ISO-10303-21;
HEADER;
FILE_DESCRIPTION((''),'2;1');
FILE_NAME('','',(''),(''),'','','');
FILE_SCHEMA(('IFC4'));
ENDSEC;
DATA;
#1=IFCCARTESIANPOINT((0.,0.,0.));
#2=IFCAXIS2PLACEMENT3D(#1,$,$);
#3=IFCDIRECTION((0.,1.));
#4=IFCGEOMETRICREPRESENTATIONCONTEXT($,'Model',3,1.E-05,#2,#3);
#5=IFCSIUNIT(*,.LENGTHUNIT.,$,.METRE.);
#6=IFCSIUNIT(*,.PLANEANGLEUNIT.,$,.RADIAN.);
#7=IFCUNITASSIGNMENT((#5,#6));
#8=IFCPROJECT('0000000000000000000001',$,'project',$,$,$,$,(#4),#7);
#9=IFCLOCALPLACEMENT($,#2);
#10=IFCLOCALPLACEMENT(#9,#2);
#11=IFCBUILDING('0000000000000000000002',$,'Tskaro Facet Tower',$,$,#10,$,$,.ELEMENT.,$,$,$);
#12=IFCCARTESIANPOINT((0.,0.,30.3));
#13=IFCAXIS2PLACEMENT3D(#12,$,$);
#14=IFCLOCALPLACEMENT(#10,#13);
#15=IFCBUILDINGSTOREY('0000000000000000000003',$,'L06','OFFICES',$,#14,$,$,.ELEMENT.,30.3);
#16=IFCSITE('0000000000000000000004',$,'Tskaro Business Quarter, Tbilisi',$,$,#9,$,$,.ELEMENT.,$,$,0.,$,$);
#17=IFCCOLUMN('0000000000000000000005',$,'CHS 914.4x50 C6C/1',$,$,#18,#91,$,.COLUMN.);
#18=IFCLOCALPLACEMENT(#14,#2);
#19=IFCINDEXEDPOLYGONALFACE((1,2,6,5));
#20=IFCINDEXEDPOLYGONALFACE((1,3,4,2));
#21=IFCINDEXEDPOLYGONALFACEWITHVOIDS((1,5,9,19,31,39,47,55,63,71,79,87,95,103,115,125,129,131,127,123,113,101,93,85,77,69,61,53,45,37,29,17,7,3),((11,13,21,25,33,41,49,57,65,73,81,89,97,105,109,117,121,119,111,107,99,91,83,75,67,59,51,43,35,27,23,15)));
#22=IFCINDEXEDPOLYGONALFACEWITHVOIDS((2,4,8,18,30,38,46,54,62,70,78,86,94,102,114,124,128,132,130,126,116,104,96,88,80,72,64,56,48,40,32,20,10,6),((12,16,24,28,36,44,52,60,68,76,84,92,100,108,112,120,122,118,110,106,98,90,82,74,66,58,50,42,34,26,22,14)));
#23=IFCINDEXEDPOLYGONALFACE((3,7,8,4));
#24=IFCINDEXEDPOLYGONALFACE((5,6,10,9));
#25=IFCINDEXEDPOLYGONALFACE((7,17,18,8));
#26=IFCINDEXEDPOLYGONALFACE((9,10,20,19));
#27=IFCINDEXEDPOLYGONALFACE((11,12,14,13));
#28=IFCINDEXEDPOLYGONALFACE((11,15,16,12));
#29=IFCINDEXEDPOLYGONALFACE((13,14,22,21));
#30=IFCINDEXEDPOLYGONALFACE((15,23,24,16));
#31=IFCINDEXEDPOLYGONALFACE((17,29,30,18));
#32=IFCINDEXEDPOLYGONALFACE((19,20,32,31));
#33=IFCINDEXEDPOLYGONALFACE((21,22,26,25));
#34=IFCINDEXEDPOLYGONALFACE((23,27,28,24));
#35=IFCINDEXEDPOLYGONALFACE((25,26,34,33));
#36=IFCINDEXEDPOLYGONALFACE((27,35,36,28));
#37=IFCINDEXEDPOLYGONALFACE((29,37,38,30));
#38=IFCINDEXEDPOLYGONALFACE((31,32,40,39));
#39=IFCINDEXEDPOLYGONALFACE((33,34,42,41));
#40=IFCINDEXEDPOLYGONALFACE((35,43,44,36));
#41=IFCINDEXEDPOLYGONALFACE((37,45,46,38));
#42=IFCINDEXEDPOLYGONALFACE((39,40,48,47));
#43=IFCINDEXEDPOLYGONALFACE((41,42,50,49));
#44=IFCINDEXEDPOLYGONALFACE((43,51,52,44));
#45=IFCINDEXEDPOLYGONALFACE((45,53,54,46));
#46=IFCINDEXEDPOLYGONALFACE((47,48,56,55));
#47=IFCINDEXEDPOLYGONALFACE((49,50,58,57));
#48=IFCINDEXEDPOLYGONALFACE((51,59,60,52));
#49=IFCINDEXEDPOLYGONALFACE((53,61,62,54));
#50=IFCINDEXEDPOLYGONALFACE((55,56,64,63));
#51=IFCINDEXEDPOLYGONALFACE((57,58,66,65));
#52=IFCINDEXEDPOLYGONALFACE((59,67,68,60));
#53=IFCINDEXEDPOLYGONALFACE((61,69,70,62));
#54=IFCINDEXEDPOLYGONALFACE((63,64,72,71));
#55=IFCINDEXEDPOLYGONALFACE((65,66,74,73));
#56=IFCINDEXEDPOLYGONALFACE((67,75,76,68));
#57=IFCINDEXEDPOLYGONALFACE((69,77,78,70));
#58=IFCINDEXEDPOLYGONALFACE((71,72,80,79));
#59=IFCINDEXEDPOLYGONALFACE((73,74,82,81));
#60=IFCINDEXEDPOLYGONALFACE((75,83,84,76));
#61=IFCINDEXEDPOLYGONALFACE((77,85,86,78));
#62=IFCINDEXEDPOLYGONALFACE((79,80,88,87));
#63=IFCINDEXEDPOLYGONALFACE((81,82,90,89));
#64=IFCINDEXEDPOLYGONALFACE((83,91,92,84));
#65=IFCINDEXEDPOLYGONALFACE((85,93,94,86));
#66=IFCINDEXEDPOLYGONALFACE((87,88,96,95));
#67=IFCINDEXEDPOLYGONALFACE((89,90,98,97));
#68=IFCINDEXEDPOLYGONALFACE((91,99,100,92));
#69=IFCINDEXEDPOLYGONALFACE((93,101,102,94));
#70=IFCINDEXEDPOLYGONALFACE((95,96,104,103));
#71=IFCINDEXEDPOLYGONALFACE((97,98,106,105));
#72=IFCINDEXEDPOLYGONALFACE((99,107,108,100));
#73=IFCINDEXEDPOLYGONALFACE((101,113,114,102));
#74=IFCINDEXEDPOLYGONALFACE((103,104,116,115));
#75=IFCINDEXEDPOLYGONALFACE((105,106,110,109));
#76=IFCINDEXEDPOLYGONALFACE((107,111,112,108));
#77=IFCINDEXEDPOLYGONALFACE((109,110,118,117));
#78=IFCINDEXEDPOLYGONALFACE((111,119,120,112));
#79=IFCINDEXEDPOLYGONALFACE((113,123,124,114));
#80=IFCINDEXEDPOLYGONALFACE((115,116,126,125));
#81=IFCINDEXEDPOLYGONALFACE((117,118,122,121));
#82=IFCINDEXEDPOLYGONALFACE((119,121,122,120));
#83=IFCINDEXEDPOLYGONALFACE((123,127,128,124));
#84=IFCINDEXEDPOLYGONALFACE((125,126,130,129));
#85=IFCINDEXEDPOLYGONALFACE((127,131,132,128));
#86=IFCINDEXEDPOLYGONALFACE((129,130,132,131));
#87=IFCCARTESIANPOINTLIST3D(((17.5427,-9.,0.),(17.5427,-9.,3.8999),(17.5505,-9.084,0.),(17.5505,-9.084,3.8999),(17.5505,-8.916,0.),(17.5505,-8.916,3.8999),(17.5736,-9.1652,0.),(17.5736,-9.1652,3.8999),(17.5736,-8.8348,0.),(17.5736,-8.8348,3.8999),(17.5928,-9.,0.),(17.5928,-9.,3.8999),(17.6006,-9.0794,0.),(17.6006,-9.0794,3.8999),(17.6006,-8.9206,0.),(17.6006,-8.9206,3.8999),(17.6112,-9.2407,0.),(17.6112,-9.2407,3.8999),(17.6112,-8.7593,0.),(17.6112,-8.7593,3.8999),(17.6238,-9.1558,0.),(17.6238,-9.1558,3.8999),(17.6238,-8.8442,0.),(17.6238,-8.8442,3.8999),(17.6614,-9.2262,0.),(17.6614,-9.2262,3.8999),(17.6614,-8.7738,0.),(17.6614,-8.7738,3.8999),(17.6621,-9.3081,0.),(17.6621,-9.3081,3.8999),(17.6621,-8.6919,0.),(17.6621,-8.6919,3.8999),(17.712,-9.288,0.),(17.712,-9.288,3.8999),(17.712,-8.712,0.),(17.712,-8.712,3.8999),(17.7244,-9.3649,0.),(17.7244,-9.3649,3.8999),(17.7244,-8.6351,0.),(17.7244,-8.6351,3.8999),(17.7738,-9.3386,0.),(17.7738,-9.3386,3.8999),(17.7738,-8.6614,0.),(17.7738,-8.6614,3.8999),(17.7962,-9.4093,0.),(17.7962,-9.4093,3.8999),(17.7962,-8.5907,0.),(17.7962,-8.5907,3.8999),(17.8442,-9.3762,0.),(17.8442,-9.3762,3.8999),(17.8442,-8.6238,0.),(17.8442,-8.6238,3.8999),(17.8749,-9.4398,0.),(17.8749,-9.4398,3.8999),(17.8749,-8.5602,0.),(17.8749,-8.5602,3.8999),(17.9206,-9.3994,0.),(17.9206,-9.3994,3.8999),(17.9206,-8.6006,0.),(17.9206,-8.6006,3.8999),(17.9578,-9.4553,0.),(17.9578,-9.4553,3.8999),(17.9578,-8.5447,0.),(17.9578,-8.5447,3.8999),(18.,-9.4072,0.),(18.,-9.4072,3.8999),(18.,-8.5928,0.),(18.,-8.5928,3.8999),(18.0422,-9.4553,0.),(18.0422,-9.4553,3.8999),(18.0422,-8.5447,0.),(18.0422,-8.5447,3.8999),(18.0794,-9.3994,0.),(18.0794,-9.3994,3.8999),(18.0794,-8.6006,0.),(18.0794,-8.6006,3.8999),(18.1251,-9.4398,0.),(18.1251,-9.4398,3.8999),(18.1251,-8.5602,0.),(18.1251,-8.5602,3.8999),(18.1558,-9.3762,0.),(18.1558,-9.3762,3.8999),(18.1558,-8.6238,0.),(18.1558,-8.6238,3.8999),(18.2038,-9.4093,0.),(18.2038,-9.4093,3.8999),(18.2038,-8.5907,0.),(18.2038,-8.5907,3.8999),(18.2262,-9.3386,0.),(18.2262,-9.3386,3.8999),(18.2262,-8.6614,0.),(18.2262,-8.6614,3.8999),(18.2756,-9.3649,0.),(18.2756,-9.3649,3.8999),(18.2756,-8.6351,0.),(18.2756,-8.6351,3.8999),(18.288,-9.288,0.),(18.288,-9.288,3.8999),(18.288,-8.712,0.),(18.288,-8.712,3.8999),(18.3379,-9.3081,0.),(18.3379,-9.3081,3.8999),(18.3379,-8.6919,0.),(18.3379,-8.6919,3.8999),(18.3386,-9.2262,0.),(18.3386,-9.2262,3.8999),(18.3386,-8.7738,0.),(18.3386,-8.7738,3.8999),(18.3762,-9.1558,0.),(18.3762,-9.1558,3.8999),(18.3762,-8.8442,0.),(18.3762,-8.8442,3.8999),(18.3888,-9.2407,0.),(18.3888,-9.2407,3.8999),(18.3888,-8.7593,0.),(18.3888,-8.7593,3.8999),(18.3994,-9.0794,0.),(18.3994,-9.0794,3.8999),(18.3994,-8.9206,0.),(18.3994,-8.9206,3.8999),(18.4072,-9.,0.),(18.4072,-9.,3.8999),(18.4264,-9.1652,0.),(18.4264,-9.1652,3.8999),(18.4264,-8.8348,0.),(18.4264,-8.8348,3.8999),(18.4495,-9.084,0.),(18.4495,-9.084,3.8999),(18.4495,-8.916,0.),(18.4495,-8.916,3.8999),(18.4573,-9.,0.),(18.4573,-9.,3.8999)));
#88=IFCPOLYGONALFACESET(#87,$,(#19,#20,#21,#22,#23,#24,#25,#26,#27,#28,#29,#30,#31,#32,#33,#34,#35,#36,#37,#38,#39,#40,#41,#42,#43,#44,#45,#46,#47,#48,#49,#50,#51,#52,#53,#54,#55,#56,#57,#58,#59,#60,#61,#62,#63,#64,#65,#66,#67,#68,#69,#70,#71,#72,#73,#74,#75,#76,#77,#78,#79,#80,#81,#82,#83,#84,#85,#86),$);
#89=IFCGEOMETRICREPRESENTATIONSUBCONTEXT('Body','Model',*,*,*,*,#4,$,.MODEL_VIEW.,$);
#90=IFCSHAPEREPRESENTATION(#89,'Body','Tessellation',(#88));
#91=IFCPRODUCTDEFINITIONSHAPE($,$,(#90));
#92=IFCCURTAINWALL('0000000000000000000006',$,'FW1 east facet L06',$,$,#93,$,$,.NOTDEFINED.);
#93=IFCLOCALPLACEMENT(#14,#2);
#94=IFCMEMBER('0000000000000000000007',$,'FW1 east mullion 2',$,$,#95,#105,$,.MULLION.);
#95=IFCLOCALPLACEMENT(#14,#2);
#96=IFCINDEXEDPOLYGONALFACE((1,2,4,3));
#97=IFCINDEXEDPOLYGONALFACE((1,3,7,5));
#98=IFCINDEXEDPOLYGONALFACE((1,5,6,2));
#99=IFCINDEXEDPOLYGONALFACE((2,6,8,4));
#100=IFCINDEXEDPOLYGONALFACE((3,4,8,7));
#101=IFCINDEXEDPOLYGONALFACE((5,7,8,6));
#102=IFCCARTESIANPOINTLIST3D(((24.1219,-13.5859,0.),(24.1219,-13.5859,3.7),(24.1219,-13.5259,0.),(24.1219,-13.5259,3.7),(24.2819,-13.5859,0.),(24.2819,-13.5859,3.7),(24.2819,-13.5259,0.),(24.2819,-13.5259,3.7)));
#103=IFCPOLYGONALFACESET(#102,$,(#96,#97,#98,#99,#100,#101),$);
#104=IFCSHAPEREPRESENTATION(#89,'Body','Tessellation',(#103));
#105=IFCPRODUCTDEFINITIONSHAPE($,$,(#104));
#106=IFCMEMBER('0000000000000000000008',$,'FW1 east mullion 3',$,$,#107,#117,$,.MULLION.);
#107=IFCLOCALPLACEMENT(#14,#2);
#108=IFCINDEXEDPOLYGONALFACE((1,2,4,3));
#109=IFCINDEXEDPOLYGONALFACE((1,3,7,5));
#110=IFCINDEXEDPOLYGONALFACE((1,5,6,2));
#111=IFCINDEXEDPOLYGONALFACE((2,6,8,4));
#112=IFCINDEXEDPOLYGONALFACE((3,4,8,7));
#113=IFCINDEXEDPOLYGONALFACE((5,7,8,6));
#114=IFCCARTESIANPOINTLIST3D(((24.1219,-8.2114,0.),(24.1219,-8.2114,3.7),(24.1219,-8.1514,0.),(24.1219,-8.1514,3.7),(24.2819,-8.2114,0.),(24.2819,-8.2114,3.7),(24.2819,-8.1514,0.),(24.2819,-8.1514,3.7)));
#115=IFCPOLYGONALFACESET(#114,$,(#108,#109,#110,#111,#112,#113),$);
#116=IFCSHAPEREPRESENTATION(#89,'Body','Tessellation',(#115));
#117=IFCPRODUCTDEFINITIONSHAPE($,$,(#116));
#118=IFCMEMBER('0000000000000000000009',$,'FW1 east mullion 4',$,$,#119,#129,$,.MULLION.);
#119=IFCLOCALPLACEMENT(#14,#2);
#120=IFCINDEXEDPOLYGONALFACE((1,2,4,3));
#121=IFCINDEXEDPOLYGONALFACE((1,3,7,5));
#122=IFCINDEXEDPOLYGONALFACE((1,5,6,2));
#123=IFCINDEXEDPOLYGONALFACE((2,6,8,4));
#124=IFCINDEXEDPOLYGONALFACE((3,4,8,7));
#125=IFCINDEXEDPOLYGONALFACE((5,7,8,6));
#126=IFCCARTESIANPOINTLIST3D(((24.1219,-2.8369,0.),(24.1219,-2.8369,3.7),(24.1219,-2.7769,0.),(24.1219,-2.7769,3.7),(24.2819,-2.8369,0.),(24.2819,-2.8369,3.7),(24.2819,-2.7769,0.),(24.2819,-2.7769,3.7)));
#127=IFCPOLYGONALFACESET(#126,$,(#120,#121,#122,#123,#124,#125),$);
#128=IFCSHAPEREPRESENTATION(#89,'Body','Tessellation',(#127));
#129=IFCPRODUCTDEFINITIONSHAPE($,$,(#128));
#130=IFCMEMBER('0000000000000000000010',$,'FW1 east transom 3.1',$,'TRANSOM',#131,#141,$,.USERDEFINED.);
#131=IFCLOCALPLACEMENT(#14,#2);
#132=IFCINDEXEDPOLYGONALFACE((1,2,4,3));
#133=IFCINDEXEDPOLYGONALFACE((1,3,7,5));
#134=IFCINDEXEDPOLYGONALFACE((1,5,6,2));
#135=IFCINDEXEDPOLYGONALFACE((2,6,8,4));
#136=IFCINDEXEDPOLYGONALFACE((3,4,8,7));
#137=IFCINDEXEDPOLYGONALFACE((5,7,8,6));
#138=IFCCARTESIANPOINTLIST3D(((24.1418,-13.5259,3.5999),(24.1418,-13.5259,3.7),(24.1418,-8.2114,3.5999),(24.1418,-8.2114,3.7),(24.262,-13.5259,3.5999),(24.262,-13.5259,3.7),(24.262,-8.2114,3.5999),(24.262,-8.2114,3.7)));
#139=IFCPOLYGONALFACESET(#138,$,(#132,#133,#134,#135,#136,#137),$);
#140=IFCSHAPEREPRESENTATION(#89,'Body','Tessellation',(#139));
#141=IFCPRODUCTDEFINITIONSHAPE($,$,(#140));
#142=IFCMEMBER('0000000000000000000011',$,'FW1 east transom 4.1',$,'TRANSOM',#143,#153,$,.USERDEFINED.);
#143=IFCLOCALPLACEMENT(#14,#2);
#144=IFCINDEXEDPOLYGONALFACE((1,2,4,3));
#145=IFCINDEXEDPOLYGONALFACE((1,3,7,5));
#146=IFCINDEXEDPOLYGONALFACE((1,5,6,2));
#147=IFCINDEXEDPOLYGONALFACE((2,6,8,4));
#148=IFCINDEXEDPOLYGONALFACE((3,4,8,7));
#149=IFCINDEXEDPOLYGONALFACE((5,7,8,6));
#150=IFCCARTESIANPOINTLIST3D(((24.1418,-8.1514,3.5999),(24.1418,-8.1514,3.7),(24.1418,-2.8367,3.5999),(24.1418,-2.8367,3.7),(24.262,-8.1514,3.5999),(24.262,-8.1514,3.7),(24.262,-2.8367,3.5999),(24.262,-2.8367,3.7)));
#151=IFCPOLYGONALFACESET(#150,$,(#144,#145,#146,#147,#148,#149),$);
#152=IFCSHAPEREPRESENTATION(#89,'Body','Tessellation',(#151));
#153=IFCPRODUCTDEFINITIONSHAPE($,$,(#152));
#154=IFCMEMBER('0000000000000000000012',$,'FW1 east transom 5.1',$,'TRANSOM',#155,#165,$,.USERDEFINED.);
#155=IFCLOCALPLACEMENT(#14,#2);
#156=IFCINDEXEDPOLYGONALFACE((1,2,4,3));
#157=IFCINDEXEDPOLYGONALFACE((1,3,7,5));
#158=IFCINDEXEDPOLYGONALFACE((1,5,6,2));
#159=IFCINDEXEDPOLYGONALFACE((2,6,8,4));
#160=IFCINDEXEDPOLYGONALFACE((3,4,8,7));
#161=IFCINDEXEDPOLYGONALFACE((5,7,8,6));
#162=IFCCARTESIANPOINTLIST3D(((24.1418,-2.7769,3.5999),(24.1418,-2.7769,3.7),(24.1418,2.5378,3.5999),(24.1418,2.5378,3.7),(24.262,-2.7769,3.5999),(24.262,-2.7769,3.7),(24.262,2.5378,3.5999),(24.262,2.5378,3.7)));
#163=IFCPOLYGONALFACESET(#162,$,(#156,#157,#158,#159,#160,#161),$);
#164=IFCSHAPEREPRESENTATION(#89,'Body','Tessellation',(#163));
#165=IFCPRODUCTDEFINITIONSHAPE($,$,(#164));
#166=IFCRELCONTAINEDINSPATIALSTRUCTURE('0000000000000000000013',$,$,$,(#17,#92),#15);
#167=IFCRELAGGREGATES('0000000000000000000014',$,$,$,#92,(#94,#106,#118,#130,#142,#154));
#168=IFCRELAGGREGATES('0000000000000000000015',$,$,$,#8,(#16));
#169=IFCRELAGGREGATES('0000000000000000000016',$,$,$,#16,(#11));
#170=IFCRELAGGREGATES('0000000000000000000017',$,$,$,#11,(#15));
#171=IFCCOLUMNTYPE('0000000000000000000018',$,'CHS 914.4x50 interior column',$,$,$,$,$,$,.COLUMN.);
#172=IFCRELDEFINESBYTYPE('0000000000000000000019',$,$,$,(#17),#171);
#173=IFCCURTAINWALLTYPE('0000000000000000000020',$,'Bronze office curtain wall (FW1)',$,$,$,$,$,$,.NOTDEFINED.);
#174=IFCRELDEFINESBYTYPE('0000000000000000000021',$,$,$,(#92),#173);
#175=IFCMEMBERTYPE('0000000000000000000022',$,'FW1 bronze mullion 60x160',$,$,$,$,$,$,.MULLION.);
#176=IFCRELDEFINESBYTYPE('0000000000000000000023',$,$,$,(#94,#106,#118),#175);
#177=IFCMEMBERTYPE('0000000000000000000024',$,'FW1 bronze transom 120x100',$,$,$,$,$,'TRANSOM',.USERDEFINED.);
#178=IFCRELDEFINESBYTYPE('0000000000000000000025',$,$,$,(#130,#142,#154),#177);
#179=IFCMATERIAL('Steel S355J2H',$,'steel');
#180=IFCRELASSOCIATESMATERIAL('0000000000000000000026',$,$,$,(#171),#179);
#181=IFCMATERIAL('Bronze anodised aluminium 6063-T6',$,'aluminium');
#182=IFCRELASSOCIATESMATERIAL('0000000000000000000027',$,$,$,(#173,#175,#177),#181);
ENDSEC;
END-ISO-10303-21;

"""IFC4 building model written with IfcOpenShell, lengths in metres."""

from ifc_helpers import new_model, si_unit, direction, frame, origin, origin_2d, place, context, subcontext, project, spatial, rectangle, hollow_circle, extrude, material, material_profile, profile_set, type_object, element, aggregate, save


model = new_model("IFC4")

# Units and contexts
model_context = context("Model", 3, precision=1e-05, world=origin(), true_north=direction((0.0, 1.0)))
body_context = subcontext(model_context, "Body", "Model", "MODEL_VIEW")
ifc_project = project(units=[si_unit("LENGTHUNIT", "METRE"), si_unit("PLANEANGLEUNIT", "RADIAN")], contexts=[model_context])

# Site, building, storey
site_placement = place(None, origin())
site = spatial("IfcSite", under=ifc_project, at=site_placement, Name="Tskaro Business Quarter, Tbilisi", CompositionType="ELEMENT", RefElevation=0.0)
building_placement = place(site_placement, origin())
building = spatial("IfcBuilding", under=site, at=building_placement, Name="Tskaro Facet Tower", CompositionType="ELEMENT")
storey_placement = place(building_placement, frame((0.0, 0.0, 30.3)))
storey = spatial("IfcBuildingStorey", under=building, at=storey_placement, Name="L06", Description="OFFICES", CompositionType="ELEMENT", Elevation=30.3)

# Column
ifc_material_1 = material(Name="Steel S355J2H", Category="steel")
ifc_material_profile_1 = material_profile(ifc_material_1, hollow_circle(Radius=0.4573, WallThickness=0.05, at=origin_2d()), Name="CHS 914.4x50")
ifc_profile_set_1 = profile_set([ifc_material_profile_1], Name="Steel S355J2H")
column_type_1 = type_object("IfcColumnType", Name="CHS 914.4x50 interior column", PredefinedType="COLUMN", material=ifc_profile_set_1)
column_1_placement = place(storey_placement, frame((18.0, -9.0, 0.0), z_axis=(0.0, 0.0, 1.0), x_axis=(1.0, 0.0, 0.0)))
element("IfcColumn", 1, at=column_1_placement, inside=storey, type_object=column_type_1, Name="CHS 914.4x50 C6C/1", PredefinedType="COLUMN", context=body_context, shape_type="SweptSolid", body=[
    extrude(hollow_circle(Radius=0.4573, WallThickness=0.05, at=origin_2d()), origin(), (0.0, 0.0, 1.0), 3.8999),
])

# Curtain wall, members
ifc_material_2 = material(Name="Bronze anodised aluminium 6063-T6", Category="aluminium")
curtain_wall_type = type_object("IfcCurtainWallType", Name="Bronze office curtain wall (FW1)", PredefinedType="NOTDEFINED", material=ifc_material_2)
curtain_wall_placement = place(storey_placement, origin())
curtain_wall = element("IfcCurtainWall", 2, at=curtain_wall_placement, inside=storey, type_object=curtain_wall_type, Name="FW1 east facet L06", PredefinedType="NOTDEFINED")
ifc_material_profile_2 = material_profile(ifc_material_2, rectangle(XDim=0.0601, YDim=0.1599, at=origin_2d()), Name="Mullion 60x160")
ifc_profile_set_2 = profile_set([ifc_material_profile_2], Name="Bronze anodised aluminium 6063-T6")
member_type_1 = type_object("IfcMemberType", Name="FW1 bronze mullion 60x160", PredefinedType="MULLION", material=ifc_profile_set_2)
member_1_placement = place(storey_placement, frame((24.2019, -13.5559, 0.0), z_axis=(0.0, 0.0, 1.0), x_axis=(0.0, 1.0, 0.0)))
member_1 = element("IfcMember", 3, at=member_1_placement, type_object=member_type_1, Name="FW1 east mullion 2", PredefinedType="MULLION", context=body_context, shape_type="SweptSolid", body=[
    extrude(rectangle(XDim=0.0601, YDim=0.1599, at=origin_2d()), origin(), (0.0, 0.0, 1.0), 3.7),
])
member_2_placement = place(storey_placement, frame((24.2019, -8.1814, 0.0), z_axis=(0.0, 0.0, 1.0), x_axis=(0.0, 1.0, 0.0)))
member_2 = element("IfcMember", 4, at=member_2_placement, type_object=member_type_1, Name="FW1 east mullion 3", PredefinedType="MULLION", context=body_context, shape_type="SweptSolid", body=[
    extrude(rectangle(XDim=0.0601, YDim=0.1599, at=origin_2d()), origin(), (0.0, 0.0, 1.0), 3.7),
])
member_3_placement = place(storey_placement, frame((24.2019, -2.8069, 0.0), z_axis=(0.0, 0.0, 1.0), x_axis=(0.0, 1.0, 0.0)))
member_3 = element("IfcMember", 5, at=member_3_placement, type_object=member_type_1, Name="FW1 east mullion 4", PredefinedType="MULLION", context=body_context, shape_type="SweptSolid", body=[
    extrude(rectangle(XDim=0.0601, YDim=0.1599, at=origin_2d()), origin(), (0.0, 0.0, 1.0), 3.7),
])
ifc_material_profile_3 = material_profile(ifc_material_2, rectangle(XDim=0.1201, YDim=0.1001, at=origin_2d()), Name="Transom 120x100")
ifc_profile_set_3 = profile_set([ifc_material_profile_3], Name="Bronze anodised aluminium 6063-T6")
member_type_2 = type_object("IfcMemberType", Name="FW1 bronze transom 120x100", ElementType="TRANSOM", PredefinedType="USERDEFINED", material=ifc_profile_set_3)
member_4_placement = place(storey_placement, frame((24.2019, -13.5259, 3.6499), z_axis=(0.0, 1.0, 0.0), x_axis=(-1.0, 0.0, 0.0)))
member_4 = element("IfcMember", 6, at=member_4_placement, type_object=member_type_2, Name="FW1 east transom 3.1", ObjectType="TRANSOM", PredefinedType="USERDEFINED", context=body_context, shape_type="SweptSolid", body=[
    extrude(rectangle(XDim=0.1201, YDim=0.1001, at=origin_2d()), origin(), (0.0, 0.0, 1.0), 5.3145),
])
member_5_placement = place(storey_placement, frame((24.2019, -8.1514, 3.6499), z_axis=(0.0, 1.0, 0.0), x_axis=(-1.0, 0.0, 0.0)))
member_5 = element("IfcMember", 7, at=member_5_placement, type_object=member_type_2, Name="FW1 east transom 4.1", ObjectType="TRANSOM", PredefinedType="USERDEFINED", context=body_context, shape_type="SweptSolid", body=[
    extrude(rectangle(XDim=0.1201, YDim=0.1001, at=origin_2d()), origin(), (0.0, 0.0, 1.0), 5.3147),
])
member_6_placement = place(storey_placement, frame((24.2019, -2.7769, 3.6499), z_axis=(0.0, 1.0, 0.0), x_axis=(-1.0, 0.0, 0.0)))
member_6 = element("IfcMember", 8, at=member_6_placement, type_object=member_type_2, Name="FW1 east transom 5.1", ObjectType="TRANSOM", PredefinedType="USERDEFINED", context=body_context, shape_type="SweptSolid", body=[
    extrude(rectangle(XDim=0.1201, YDim=0.1001, at=origin_2d()), origin(), (0.0, 0.0, 1.0), 5.3147),
])

aggregate(curtain_wall, [member_1, member_2, member_3, member_4, member_5, member_6])

save(model, "model.ifc")
